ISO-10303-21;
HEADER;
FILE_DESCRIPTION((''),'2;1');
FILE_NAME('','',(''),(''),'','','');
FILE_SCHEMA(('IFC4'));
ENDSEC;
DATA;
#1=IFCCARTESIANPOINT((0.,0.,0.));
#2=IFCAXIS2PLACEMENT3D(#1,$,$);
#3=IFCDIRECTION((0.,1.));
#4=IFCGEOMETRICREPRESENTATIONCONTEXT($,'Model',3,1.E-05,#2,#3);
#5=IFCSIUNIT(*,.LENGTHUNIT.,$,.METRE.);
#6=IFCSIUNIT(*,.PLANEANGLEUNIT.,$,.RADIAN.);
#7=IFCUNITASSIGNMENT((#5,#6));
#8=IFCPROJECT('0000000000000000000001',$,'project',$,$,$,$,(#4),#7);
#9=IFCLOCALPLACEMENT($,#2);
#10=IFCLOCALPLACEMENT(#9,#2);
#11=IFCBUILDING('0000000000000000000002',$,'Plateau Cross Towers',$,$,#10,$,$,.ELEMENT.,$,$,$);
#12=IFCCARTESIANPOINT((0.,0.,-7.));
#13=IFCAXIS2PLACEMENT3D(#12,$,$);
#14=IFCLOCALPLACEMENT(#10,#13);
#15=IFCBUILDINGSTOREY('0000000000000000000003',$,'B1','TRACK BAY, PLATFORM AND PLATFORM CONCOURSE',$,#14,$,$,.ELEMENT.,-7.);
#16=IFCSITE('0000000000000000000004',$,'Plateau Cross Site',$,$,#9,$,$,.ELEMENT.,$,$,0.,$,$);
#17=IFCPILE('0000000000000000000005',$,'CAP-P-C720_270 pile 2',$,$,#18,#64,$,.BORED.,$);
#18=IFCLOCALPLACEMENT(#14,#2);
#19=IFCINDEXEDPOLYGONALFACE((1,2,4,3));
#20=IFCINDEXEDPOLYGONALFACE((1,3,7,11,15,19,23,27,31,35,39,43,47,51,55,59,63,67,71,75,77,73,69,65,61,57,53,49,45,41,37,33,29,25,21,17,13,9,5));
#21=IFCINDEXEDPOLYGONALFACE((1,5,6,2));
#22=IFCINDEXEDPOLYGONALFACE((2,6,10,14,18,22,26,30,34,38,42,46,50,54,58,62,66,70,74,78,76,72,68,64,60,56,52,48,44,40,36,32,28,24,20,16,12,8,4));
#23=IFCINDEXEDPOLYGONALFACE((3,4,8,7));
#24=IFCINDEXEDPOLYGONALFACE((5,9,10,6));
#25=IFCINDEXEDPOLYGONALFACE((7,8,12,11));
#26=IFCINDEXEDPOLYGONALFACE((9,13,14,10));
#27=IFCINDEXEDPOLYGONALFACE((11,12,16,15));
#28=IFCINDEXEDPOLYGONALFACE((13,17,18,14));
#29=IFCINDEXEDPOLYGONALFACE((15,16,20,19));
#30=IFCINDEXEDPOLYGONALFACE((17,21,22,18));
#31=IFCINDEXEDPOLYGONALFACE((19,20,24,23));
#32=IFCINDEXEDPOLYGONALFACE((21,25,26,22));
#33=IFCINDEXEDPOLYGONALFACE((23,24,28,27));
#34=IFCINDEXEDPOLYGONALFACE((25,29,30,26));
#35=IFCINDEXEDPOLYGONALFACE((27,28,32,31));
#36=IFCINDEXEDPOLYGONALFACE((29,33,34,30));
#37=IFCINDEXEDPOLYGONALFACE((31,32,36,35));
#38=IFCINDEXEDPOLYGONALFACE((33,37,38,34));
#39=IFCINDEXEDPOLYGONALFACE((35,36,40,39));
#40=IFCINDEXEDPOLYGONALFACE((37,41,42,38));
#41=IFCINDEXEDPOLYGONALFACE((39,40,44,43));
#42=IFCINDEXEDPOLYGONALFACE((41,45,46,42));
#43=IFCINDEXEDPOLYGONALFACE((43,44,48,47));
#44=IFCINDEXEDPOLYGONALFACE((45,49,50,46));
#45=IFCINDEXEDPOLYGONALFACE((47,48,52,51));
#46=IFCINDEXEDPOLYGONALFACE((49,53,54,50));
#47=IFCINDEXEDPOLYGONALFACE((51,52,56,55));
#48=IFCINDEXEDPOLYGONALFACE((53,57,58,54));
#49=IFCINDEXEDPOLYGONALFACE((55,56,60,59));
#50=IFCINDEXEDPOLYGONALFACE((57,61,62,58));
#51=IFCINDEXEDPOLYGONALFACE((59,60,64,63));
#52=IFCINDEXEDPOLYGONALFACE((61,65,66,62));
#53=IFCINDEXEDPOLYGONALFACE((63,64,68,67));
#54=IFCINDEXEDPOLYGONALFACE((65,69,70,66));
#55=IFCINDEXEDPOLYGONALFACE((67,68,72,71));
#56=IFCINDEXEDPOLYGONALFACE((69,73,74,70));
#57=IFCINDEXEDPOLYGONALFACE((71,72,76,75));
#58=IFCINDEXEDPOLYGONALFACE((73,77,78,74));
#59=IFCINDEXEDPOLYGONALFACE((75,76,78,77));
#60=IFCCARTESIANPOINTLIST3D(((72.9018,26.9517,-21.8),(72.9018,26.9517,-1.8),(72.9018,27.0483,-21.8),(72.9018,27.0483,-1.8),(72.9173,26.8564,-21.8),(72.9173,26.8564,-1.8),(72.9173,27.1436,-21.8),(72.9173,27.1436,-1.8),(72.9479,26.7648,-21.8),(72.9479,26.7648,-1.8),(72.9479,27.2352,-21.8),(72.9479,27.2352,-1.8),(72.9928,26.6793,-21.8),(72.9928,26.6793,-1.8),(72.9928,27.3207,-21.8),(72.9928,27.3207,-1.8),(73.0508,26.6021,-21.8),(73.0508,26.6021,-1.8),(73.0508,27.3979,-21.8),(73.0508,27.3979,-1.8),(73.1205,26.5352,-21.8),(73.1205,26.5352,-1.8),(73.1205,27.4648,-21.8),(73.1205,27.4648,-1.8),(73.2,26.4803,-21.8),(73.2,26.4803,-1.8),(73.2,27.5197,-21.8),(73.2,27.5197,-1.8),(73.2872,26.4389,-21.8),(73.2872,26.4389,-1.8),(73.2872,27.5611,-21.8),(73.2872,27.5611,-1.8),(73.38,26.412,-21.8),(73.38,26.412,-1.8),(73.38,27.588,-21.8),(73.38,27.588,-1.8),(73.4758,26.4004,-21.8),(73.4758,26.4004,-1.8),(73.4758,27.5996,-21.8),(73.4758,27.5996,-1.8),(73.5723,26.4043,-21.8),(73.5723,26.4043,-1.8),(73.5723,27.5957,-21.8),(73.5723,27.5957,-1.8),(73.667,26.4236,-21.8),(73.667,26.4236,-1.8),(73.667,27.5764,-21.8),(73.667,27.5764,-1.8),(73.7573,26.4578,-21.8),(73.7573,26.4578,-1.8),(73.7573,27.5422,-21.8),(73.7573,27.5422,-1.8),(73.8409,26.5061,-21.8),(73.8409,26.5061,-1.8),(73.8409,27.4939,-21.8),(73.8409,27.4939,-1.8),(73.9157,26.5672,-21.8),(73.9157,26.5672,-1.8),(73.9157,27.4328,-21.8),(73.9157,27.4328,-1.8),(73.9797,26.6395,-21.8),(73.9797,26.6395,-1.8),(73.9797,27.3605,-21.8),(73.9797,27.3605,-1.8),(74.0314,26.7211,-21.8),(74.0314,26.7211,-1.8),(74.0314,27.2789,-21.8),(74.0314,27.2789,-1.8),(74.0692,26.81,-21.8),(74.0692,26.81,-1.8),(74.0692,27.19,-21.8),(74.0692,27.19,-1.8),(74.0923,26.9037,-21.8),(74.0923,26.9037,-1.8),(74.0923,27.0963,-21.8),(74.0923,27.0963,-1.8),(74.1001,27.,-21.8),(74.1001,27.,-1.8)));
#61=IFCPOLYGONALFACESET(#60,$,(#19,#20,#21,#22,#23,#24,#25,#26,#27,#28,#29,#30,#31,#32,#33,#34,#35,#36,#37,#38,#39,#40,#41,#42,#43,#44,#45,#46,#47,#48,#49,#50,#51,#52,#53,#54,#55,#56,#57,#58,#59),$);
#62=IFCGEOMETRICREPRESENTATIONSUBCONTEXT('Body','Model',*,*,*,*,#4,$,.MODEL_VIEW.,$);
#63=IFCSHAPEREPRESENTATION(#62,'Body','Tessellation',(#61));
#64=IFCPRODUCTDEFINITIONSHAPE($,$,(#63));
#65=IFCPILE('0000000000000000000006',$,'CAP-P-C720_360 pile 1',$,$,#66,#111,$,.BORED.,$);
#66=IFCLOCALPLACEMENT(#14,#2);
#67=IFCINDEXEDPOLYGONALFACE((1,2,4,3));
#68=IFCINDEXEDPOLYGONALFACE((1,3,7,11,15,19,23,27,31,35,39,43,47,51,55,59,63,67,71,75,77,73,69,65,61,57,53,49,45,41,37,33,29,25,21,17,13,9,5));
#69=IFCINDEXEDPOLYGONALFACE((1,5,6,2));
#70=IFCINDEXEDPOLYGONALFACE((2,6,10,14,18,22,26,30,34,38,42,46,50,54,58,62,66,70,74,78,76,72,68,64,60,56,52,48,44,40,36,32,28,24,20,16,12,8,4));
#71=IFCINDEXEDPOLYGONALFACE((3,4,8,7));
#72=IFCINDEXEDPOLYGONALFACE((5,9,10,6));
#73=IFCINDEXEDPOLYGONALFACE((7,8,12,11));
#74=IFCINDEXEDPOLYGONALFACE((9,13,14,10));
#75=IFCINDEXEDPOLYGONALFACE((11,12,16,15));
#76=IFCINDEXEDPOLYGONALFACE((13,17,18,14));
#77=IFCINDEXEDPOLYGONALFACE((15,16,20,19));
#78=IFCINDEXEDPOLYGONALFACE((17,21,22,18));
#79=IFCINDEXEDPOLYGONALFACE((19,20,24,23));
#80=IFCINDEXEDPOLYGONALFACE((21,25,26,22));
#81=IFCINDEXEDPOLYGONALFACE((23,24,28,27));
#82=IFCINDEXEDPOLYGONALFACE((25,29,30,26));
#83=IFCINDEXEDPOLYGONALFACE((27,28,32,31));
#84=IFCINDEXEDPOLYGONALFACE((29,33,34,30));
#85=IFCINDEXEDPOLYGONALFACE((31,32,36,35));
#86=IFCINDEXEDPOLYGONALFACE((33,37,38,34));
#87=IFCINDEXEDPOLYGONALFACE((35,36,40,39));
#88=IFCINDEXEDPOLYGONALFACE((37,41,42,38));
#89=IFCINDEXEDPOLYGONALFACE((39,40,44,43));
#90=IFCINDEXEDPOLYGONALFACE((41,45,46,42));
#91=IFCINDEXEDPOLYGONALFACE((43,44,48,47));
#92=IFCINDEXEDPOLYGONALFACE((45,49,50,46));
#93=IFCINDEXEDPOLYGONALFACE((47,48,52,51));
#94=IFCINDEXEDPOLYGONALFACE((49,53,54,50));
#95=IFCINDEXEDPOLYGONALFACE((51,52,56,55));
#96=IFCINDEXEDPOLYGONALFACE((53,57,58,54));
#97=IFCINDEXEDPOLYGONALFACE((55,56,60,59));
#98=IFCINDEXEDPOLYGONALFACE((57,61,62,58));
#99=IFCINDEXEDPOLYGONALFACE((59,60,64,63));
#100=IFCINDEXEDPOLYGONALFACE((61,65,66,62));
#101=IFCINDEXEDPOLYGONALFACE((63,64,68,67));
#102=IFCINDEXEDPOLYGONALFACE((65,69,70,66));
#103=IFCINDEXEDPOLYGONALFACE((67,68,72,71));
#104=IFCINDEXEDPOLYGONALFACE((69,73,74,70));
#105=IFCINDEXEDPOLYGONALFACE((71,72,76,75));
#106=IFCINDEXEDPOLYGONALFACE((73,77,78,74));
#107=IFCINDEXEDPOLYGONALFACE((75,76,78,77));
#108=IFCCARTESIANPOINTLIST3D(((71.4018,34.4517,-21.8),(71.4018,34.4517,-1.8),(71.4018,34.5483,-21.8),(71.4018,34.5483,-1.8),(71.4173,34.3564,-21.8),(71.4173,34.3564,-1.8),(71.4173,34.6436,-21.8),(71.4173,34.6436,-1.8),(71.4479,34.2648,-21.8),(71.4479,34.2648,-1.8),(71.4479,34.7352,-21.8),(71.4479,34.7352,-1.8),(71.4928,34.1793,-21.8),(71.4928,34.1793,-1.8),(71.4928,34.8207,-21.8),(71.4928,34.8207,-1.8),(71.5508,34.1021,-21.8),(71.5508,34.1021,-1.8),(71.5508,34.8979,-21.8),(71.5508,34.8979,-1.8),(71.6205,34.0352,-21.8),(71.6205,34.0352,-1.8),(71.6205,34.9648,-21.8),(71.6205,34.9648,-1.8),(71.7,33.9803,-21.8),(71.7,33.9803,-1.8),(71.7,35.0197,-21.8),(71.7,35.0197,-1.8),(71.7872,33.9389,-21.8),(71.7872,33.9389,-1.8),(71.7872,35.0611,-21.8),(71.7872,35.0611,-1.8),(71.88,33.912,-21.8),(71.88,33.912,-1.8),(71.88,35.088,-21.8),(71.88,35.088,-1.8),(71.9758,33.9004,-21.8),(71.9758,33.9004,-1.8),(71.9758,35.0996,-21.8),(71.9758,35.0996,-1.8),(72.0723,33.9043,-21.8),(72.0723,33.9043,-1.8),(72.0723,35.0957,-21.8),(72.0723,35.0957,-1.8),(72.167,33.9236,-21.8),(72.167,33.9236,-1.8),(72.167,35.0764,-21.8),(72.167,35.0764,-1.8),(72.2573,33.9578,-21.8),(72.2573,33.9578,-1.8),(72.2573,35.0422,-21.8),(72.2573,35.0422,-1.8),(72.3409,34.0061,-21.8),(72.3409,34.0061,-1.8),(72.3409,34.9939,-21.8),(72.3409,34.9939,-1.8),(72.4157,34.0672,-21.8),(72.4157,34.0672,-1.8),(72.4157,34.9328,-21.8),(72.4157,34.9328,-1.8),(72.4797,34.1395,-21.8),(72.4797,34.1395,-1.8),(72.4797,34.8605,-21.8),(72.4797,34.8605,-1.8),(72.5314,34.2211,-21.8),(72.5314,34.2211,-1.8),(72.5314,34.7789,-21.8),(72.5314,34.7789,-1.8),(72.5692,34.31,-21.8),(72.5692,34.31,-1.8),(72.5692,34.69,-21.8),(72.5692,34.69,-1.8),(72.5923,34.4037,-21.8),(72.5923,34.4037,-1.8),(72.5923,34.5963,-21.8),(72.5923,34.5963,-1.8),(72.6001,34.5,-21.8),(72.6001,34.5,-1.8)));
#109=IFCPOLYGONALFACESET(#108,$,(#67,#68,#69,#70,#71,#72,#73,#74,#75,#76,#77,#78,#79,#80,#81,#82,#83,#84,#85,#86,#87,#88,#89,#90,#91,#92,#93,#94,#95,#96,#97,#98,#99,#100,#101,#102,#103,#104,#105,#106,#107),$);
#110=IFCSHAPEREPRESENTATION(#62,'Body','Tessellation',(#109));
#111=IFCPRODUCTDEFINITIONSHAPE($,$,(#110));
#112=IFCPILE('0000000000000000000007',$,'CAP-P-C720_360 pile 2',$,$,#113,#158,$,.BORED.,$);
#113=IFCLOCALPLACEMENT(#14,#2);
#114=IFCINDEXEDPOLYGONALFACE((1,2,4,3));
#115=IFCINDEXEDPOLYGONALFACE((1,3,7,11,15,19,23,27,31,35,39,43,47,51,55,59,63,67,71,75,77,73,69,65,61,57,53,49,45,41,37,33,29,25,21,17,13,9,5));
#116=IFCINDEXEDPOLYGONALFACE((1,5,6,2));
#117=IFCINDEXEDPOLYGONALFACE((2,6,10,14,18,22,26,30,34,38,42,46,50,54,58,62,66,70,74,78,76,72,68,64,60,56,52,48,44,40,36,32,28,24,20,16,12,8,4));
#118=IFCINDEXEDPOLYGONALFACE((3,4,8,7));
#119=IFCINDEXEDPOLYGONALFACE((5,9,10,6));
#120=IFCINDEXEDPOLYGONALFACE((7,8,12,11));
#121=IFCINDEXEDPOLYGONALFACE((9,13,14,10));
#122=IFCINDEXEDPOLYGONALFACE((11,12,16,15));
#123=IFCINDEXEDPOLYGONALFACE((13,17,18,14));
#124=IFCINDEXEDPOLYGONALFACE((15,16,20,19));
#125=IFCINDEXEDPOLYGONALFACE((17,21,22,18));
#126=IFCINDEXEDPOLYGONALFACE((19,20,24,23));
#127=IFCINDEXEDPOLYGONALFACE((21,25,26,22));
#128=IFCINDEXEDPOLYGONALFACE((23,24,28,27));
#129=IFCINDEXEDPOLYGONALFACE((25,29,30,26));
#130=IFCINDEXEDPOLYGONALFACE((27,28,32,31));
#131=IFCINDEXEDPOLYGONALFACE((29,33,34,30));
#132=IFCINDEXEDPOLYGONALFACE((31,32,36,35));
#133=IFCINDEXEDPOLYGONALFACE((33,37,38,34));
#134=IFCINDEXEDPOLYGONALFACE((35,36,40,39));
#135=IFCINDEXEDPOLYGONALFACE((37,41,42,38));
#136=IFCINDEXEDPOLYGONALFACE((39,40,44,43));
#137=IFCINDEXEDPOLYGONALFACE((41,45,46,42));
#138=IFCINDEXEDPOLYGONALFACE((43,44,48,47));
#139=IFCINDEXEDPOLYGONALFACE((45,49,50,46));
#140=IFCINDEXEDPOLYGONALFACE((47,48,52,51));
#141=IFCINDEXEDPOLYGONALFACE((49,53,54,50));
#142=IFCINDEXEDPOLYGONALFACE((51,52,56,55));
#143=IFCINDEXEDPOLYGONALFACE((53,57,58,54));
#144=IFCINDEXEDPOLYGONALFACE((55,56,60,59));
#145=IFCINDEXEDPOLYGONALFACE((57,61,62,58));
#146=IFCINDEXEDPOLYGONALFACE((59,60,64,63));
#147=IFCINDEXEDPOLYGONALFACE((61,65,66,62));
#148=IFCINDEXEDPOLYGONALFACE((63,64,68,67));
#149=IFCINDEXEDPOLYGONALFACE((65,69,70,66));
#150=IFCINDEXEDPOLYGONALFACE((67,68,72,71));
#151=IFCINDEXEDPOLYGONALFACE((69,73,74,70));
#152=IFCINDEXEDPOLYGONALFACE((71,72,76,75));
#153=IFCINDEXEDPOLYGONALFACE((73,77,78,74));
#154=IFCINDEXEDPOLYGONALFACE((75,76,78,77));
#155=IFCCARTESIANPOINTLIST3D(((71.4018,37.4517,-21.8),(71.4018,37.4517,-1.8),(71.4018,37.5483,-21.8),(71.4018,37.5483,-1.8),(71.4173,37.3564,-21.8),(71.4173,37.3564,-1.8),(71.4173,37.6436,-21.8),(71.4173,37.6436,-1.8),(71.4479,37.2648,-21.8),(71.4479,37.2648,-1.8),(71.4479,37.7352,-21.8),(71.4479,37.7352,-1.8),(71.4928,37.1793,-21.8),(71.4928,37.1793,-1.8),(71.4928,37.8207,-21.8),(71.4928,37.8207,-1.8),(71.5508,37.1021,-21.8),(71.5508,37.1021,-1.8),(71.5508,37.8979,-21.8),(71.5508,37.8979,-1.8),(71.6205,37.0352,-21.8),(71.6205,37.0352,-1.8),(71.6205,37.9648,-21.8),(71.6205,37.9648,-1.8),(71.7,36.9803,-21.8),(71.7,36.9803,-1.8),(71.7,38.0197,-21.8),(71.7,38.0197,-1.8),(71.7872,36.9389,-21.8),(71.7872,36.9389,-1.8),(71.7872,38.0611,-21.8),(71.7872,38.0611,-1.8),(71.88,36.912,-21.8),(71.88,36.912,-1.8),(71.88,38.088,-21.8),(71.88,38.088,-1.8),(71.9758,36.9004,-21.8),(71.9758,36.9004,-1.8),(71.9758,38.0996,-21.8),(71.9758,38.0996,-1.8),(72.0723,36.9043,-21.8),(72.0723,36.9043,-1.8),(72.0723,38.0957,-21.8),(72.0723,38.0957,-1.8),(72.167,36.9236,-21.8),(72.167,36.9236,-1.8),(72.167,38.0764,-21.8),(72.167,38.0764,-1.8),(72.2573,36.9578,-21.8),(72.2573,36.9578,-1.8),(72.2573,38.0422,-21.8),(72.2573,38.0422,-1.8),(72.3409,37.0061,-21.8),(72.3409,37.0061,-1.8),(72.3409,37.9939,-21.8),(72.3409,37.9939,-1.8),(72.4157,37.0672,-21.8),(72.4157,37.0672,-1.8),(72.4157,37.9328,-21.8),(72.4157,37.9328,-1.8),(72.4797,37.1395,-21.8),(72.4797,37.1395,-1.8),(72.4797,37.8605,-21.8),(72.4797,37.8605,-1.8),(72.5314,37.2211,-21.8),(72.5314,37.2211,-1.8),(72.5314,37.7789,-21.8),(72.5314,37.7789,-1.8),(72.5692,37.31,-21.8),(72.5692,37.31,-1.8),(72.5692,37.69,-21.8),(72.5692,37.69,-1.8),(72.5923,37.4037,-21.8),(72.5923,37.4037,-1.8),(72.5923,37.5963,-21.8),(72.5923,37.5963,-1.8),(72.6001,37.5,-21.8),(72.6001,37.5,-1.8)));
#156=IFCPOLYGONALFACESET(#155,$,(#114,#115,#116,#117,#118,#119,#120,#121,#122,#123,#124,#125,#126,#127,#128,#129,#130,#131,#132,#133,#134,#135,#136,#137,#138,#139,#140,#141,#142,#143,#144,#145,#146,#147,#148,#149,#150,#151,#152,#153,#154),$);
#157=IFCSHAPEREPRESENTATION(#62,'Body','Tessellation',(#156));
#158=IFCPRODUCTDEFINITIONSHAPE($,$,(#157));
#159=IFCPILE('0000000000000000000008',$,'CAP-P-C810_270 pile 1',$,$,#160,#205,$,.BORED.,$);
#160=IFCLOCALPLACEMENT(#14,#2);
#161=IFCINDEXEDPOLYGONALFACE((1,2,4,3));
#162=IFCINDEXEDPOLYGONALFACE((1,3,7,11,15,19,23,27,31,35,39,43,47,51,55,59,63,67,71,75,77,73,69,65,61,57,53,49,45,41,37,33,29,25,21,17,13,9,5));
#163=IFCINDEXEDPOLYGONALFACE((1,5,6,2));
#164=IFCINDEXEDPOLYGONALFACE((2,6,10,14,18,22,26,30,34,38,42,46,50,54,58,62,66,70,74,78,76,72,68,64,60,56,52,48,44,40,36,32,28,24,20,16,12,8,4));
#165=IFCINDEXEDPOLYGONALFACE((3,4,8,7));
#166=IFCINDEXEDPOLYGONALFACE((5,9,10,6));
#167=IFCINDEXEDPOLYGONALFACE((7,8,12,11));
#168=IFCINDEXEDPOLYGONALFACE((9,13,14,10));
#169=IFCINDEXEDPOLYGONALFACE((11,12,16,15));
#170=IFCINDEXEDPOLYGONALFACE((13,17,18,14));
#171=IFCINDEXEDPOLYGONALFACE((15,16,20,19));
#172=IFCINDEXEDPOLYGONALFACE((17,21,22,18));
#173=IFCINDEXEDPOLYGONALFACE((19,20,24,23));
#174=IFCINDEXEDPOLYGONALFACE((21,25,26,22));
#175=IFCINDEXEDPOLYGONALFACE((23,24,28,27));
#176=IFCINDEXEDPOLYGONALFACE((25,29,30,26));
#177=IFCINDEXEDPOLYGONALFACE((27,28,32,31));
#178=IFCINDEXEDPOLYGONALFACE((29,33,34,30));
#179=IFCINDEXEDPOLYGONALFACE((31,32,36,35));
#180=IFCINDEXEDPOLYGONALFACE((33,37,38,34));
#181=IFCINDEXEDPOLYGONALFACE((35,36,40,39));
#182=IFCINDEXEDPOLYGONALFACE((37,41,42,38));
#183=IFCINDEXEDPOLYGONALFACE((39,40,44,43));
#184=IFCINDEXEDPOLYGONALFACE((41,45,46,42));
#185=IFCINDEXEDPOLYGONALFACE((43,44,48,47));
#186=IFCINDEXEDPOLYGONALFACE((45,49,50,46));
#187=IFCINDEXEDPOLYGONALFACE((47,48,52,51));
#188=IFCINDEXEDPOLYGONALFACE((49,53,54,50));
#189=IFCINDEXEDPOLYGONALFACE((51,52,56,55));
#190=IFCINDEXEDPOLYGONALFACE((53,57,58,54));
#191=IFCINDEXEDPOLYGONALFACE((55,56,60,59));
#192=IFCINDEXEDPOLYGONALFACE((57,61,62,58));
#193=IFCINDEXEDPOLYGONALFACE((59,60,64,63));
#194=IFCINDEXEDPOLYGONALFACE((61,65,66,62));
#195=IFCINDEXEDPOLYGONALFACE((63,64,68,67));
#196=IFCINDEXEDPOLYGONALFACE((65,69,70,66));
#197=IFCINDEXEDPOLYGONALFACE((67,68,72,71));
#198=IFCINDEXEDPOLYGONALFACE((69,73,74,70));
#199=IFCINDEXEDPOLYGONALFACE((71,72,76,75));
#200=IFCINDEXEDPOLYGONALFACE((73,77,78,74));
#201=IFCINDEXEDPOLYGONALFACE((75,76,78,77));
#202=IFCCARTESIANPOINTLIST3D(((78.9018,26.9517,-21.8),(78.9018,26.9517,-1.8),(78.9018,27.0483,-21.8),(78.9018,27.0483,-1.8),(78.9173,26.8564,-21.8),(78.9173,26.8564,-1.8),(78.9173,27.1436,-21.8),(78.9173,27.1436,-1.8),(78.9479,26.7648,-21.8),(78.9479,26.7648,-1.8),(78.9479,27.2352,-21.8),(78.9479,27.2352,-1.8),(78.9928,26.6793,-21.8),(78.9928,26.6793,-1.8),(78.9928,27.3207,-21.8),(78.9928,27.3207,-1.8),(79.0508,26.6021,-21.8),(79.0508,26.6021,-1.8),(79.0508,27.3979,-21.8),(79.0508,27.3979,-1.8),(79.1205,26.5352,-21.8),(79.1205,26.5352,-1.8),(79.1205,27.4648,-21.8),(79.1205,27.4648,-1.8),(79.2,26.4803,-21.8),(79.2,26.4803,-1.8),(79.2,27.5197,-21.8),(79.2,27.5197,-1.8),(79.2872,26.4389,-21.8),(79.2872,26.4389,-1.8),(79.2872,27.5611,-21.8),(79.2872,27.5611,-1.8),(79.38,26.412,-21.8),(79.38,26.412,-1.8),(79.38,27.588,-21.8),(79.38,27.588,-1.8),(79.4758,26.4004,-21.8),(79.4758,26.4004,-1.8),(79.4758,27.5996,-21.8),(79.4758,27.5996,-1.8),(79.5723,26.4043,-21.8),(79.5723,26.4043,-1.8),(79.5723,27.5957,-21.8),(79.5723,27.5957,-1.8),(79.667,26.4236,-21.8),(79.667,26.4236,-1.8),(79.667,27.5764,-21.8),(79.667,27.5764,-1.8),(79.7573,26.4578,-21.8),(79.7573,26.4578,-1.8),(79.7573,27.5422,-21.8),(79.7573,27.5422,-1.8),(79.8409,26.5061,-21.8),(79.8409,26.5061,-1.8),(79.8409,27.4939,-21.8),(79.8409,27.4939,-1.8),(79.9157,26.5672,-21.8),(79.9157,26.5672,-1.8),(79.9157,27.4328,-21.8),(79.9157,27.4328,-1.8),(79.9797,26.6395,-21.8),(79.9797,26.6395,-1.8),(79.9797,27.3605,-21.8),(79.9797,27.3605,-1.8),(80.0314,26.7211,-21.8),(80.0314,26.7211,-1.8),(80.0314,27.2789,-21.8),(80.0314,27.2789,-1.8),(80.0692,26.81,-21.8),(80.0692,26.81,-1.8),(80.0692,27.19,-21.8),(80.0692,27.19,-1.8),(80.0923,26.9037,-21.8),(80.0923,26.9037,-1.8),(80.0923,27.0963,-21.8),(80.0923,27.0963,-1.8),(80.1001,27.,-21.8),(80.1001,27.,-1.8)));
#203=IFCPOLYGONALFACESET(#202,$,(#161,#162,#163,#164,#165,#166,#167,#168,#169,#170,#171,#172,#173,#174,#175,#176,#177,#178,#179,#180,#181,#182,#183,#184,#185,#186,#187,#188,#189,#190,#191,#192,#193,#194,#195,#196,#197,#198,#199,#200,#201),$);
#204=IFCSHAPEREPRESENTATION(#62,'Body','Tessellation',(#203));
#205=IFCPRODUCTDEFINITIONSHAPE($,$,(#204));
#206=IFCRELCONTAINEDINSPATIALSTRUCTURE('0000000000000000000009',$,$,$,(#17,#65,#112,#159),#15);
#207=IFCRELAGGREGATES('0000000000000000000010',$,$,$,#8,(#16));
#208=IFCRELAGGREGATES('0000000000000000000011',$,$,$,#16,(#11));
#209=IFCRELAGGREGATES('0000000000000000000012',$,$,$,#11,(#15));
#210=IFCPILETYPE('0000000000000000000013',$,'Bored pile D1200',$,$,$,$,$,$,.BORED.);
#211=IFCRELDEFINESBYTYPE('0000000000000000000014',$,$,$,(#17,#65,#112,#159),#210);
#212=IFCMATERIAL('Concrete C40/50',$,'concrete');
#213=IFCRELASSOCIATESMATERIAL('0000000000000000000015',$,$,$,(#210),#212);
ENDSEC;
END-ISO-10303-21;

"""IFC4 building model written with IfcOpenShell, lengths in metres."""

from ifc_helpers import new_model, si_unit, direction, frame, origin, origin_2d, place, context, subcontext, project, spatial, circle, extrude, material, material_profile, profile_set, type_object, element, save


model = new_model("IFC4")

# Units and contexts
model_context = context("Model", 3, precision=1e-05, world=origin(), true_north=direction((0.0, 1.0)))
body_context = subcontext(model_context, "Body", "Model", "MODEL_VIEW")
ifc_project = project(units=[si_unit("LENGTHUNIT", "METRE"), si_unit("PLANEANGLEUNIT", "RADIAN")], contexts=[model_context])

# Site, building, storey
site_placement = place(None, origin())
site = spatial("IfcSite", under=ifc_project, at=site_placement, Name="Plateau Cross Site", CompositionType="ELEMENT", RefElevation=0.0)
building_placement = place(site_placement, origin())
building = spatial("IfcBuilding", under=site, at=building_placement, Name="Plateau Cross Towers", CompositionType="ELEMENT")
storey_placement = place(building_placement, frame((0.0, 0.0, -7.0)))
storey = spatial("IfcBuildingStorey", under=building, at=storey_placement, Name="B1", Description="TRACK BAY, PLATFORM AND PLATFORM CONCOURSE", CompositionType="ELEMENT", Elevation=-7.0)

# Piles
ifc_material_1 = material(Name="Concrete C40/50", Category="concrete")
ifc_material_profile_1 = material_profile(ifc_material_1, circle(Radius=0.6001, at=origin_2d()), Name="Bored pile D1200")
ifc_profile_set_1 = profile_set([ifc_material_profile_1], Name="Concrete C40/50")
pile_type = type_object("IfcPileType", Name="Bored pile D1200", PredefinedType="BORED", material=ifc_profile_set_1)
for number, where, z_axis, x_axis, name in (
    (1, (73.5, 27.0, -1.8), (0.0, 0.0, -1.0), (1.0, 0.0, 0.0), "CAP-P-C720_270 pile 2"),
    (2, (72.0, 34.5, -1.8), (0.0, 0.0, -1.0), (1.0, 0.0, 0.0), "CAP-P-C720_360 pile 1"),
    (3, (72.0, 37.5, -1.8), (0.0, 0.0, -1.0), (1.0, 0.0, 0.0), "CAP-P-C720_360 pile 2"),
    (4, (79.5, 27.0, -1.8), (0.0, 0.0, -1.0), (1.0, 0.0, 0.0), "CAP-P-C810_270 pile 1"),
):
    element("IfcPile", number, at=place(storey_placement, frame(where, z_axis=z_axis, x_axis=x_axis)), inside=storey, type_object=pile_type, Name=name, PredefinedType="BORED", context=body_context, shape_type="SweptSolid", body=[
        extrude(circle(Radius=0.6001, at=origin_2d()), origin(), (0.0, 0.0, 1.0), 20.0),
    ])

save(model, "model.ifc")
